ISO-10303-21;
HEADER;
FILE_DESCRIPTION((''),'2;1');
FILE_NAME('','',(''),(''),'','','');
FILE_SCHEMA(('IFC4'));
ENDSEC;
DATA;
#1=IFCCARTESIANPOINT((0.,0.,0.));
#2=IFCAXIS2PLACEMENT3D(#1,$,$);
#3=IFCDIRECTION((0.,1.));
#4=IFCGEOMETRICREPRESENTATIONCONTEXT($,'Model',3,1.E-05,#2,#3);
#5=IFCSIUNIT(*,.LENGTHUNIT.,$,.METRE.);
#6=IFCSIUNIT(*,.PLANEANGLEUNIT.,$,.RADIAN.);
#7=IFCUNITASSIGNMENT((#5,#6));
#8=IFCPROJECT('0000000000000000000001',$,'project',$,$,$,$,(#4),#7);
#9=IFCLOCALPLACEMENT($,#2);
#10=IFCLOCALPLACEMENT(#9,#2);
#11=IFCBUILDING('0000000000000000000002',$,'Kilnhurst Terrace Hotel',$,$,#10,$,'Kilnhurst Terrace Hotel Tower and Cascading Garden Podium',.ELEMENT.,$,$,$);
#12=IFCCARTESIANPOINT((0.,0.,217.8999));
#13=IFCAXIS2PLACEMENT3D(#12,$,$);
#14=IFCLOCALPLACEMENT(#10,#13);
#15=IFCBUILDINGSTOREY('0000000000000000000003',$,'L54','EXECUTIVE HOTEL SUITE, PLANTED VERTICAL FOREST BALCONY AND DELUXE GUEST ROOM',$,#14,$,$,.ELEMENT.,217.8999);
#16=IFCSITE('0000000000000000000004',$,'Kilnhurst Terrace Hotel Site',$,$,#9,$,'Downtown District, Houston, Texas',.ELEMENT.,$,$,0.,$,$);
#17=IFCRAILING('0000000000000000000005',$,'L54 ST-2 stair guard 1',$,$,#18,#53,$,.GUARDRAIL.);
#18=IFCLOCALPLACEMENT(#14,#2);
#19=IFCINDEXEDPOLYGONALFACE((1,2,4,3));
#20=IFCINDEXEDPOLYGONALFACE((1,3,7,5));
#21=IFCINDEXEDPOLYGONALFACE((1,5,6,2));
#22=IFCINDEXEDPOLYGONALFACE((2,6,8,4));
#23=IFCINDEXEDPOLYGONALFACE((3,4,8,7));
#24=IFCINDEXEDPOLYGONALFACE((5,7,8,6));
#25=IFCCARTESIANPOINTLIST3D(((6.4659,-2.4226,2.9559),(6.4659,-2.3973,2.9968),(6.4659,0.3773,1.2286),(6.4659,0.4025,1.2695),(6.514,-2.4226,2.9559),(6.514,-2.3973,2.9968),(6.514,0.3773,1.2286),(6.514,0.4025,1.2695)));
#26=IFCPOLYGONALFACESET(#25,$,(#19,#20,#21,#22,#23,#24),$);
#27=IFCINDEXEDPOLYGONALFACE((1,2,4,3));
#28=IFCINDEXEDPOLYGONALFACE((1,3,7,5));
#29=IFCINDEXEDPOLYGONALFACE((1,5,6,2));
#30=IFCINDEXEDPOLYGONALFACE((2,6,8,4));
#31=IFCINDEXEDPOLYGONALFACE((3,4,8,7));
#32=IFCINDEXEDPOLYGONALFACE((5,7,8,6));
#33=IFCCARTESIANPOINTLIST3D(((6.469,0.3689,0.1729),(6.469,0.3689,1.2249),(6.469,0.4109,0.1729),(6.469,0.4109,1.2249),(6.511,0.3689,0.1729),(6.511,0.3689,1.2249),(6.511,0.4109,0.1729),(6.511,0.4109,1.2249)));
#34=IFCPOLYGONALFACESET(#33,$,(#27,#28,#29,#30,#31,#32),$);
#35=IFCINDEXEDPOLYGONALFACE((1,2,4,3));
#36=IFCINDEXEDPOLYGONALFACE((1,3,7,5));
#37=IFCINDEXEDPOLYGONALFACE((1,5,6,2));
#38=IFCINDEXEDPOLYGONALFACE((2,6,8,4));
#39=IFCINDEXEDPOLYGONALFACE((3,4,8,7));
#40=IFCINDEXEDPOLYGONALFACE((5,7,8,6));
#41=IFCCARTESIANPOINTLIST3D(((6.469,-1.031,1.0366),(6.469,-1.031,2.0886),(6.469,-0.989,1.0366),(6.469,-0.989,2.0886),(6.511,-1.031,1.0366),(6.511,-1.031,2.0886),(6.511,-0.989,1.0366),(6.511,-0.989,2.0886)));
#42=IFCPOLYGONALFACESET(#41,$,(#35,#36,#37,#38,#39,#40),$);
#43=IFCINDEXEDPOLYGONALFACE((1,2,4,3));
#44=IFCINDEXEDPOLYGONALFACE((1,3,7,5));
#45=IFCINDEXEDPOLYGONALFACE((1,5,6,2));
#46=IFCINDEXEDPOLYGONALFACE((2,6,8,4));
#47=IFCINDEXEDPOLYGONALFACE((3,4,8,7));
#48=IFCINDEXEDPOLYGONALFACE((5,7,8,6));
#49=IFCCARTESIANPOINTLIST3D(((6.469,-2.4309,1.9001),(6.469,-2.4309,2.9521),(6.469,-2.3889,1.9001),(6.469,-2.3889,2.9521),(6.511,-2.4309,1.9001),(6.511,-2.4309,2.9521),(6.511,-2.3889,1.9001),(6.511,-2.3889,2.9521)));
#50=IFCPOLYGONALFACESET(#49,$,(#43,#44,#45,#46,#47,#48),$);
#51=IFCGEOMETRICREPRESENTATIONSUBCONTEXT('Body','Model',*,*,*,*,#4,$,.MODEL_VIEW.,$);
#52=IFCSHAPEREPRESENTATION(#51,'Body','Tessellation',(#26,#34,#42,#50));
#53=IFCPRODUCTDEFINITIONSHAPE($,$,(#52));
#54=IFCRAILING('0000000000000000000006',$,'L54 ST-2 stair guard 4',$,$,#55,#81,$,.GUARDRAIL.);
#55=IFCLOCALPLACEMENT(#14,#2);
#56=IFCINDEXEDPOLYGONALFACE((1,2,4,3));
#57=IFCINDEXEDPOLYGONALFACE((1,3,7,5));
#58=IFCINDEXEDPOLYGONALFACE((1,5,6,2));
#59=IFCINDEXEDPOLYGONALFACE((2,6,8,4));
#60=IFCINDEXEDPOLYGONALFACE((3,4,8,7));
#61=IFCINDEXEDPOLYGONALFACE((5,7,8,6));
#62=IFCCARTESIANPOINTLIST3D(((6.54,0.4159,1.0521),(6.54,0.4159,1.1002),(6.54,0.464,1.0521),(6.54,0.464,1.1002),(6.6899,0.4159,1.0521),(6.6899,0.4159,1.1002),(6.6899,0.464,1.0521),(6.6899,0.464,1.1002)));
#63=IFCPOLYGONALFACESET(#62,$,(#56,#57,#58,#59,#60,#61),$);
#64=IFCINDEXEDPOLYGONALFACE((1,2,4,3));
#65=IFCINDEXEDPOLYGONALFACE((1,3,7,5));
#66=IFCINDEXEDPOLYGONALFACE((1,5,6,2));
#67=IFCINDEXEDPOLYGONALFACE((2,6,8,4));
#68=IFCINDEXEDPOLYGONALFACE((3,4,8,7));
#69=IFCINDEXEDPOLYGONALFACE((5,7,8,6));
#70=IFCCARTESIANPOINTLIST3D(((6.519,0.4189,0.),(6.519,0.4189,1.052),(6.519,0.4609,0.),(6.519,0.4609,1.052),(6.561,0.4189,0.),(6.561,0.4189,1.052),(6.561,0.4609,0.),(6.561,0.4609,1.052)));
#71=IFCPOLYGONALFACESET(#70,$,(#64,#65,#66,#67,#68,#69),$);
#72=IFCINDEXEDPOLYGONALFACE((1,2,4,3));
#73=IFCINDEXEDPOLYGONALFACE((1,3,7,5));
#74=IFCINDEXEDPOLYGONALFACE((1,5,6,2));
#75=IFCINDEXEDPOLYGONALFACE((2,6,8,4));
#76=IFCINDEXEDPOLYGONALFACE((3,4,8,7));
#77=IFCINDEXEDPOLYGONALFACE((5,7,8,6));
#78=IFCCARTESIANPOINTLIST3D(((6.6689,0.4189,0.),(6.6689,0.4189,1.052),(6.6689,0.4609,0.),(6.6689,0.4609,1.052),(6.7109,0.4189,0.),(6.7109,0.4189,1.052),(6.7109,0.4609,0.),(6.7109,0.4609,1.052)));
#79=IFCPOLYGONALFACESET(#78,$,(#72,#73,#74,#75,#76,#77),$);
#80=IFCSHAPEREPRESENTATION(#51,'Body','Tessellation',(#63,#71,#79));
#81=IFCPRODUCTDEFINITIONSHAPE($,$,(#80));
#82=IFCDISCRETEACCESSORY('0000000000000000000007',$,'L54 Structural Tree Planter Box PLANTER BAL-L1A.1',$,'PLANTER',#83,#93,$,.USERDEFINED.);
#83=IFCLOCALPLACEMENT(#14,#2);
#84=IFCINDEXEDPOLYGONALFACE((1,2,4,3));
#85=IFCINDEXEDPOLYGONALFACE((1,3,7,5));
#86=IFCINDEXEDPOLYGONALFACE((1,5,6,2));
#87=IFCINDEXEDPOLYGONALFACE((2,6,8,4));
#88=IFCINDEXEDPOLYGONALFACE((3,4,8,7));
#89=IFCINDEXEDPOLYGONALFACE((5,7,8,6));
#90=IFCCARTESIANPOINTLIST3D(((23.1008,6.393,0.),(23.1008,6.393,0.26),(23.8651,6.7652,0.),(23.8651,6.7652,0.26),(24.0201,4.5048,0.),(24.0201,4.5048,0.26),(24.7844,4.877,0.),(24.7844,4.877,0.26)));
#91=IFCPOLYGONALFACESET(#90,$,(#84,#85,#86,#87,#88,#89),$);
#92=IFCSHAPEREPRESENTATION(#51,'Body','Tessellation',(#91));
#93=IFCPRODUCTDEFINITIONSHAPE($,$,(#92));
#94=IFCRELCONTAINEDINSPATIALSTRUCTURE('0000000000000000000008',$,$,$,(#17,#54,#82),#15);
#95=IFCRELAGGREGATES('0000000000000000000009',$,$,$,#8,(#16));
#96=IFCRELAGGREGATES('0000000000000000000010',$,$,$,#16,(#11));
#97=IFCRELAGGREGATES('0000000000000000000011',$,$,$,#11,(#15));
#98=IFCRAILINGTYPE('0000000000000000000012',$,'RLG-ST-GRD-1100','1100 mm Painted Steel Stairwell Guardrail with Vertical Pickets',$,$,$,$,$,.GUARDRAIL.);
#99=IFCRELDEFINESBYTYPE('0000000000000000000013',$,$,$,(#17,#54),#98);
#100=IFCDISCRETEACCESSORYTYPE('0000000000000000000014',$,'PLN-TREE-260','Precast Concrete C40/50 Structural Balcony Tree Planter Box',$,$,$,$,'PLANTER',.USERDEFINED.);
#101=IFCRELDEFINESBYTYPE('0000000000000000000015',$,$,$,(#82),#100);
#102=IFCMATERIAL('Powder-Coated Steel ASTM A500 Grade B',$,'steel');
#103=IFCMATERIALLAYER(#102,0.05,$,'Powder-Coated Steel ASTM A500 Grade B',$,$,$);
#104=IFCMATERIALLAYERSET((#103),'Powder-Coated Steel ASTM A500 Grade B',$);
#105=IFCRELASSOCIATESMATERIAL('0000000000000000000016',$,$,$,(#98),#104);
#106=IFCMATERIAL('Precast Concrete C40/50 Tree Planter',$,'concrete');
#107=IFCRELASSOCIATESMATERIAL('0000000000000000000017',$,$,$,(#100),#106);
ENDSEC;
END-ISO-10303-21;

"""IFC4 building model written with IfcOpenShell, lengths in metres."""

from ifc_helpers import new_model, si_unit, direction, frame, origin, origin_2d, place, context, subcontext, project, spatial, rectangle, extrude, material, layer, layer_set, type_object, element, save


model = new_model("IFC4")

# Units and contexts
model_context = context("Model", 3, precision=1e-05, world=origin(), true_north=direction((0.0, 1.0)))
body_context = subcontext(model_context, "Body", "Model", "MODEL_VIEW")
ifc_project = project(units=[si_unit("LENGTHUNIT", "METRE"), si_unit("PLANEANGLEUNIT", "RADIAN")], contexts=[model_context])

# Site, building, storey
site_placement = place(None, origin())
site = spatial("IfcSite", under=ifc_project, at=site_placement, Name="Kilnhurst Terrace Hotel Site", LongName="Downtown District, Houston, Texas", CompositionType="ELEMENT", RefElevation=0.0)
building_placement = place(site_placement, origin())
building = spatial("IfcBuilding", under=site, at=building_placement, Name="Kilnhurst Terrace Hotel", LongName="Kilnhurst Terrace Hotel Tower and Cascading Garden Podium", CompositionType="ELEMENT")
storey_placement = place(building_placement, frame((0.0, 0.0, 217.8999)))
storey = spatial("IfcBuildingStorey", under=building, at=storey_placement, Name="L54", Description="EXECUTIVE HOTEL SUITE, PLANTED VERTICAL FOREST BALCONY AND DELUXE GUEST ROOM", CompositionType="ELEMENT", Elevation=217.8999)

# Railings
ifc_material_1 = material(Name="Powder-Coated Steel ASTM A500 Grade B", Category="steel")
ifc_layer_1 = layer(ifc_material_1, 0.05, Name="Powder-Coated Steel ASTM A500 Grade B")
ifc_layer_set_1 = layer_set([ifc_layer_1], Name="Powder-Coated Steel ASTM A500 Grade B")
railing_type = type_object("IfcRailingType", Name="RLG-ST-GRD-1100", Description="1100 mm Painted Steel Stairwell Guardrail with Vertical Pickets", PredefinedType="GUARDRAIL", material=ifc_layer_set_1)
railing_1_placement = place(storey_placement, frame((6.49, 0.3899, 0.1729)))
element("IfcRailing", 1, at=railing_1_placement, inside=storey, type_object=railing_type, Name="L54 ST-2 stair guard 1", PredefinedType="GUARDRAIL", context=body_context, shape_type="SweptSolid", body=[
    extrude(rectangle(XDim=0.0481, YDim=0.0481, at=origin_2d()), frame((0.0, 0.0, 1.0762), z_axis=(0.0, -0.851069, 0.525054), x_axis=(1.0, 0.0, 0.0)), (0.0, 0.0, 1.0), 3.2898),
    extrude(rectangle(XDim=0.042, YDim=0.042, at=origin_2d()), origin(), (0.0, 0.0, 1.0), 1.052),
    extrude(rectangle(XDim=0.042, YDim=0.042, at=origin_2d()), frame((0.0, -1.3999, 0.8638)), (0.0, 0.0, 1.0), 1.052),
    extrude(rectangle(XDim=0.042, YDim=0.042, at=origin_2d()), frame((0.0, -2.7998, 1.7273)), (0.0, 0.0, 1.0), 1.052),
])
railing_2_placement = place(storey_placement, frame((6.54, 0.4399, 0.0)))
element("IfcRailing", 2, at=railing_2_placement, inside=storey, type_object=railing_type, Name="L54 ST-2 stair guard 4", PredefinedType="GUARDRAIL", context=body_context, shape_type="SweptSolid", body=[
    extrude(rectangle(XDim=0.0481, YDim=0.0481, at=origin_2d()), frame((0.0, 0.0, 1.0762), z_axis=(1.0, 0.0, 0.0), x_axis=(0.0, 1.0, 0.0)), (0.0, 0.0, 1.0), 0.1499),
    extrude(rectangle(XDim=0.042, YDim=0.042, at=origin_2d()), origin(), (0.0, 0.0, 1.0), 1.052),
    extrude(rectangle(XDim=0.042, YDim=0.042, at=origin_2d()), frame((0.1499, 0.0, 0.0)), (0.0, 0.0, 1.0), 1.052),
])

# Discrete accessory
ifc_material_2 = material(Name="Precast Concrete C40/50 Tree Planter", Category="concrete")
discrete_accessory_type = type_object("IfcDiscreteAccessoryType", Name="PLN-TREE-260", Description="Precast Concrete C40/50 Structural Balcony Tree Planter Box", ElementType="PLANTER", PredefinedType="USERDEFINED", material=ifc_material_2)
discrete_accessory_placement = place(storey_placement, frame((23.9426, 5.635, 0.0), z_axis=(0.0, 0.0, 1.0), x_axis=(-0.437744, 0.8991, 0.0)))
element("IfcDiscreteAccessory", 3, at=discrete_accessory_placement, inside=storey, type_object=discrete_accessory_type, Name="L54 Structural Tree Planter Box PLANTER BAL-L1A.1", ObjectType="PLANTER", PredefinedType="USERDEFINED", context=body_context, shape_type="SweptSolid", body=[
    extrude(rectangle(XDim=2.1001, YDim=0.8501, at=origin_2d()), origin(), (0.0, 0.0, 1.0), 0.26),
])

save(model, "model.ifc")
